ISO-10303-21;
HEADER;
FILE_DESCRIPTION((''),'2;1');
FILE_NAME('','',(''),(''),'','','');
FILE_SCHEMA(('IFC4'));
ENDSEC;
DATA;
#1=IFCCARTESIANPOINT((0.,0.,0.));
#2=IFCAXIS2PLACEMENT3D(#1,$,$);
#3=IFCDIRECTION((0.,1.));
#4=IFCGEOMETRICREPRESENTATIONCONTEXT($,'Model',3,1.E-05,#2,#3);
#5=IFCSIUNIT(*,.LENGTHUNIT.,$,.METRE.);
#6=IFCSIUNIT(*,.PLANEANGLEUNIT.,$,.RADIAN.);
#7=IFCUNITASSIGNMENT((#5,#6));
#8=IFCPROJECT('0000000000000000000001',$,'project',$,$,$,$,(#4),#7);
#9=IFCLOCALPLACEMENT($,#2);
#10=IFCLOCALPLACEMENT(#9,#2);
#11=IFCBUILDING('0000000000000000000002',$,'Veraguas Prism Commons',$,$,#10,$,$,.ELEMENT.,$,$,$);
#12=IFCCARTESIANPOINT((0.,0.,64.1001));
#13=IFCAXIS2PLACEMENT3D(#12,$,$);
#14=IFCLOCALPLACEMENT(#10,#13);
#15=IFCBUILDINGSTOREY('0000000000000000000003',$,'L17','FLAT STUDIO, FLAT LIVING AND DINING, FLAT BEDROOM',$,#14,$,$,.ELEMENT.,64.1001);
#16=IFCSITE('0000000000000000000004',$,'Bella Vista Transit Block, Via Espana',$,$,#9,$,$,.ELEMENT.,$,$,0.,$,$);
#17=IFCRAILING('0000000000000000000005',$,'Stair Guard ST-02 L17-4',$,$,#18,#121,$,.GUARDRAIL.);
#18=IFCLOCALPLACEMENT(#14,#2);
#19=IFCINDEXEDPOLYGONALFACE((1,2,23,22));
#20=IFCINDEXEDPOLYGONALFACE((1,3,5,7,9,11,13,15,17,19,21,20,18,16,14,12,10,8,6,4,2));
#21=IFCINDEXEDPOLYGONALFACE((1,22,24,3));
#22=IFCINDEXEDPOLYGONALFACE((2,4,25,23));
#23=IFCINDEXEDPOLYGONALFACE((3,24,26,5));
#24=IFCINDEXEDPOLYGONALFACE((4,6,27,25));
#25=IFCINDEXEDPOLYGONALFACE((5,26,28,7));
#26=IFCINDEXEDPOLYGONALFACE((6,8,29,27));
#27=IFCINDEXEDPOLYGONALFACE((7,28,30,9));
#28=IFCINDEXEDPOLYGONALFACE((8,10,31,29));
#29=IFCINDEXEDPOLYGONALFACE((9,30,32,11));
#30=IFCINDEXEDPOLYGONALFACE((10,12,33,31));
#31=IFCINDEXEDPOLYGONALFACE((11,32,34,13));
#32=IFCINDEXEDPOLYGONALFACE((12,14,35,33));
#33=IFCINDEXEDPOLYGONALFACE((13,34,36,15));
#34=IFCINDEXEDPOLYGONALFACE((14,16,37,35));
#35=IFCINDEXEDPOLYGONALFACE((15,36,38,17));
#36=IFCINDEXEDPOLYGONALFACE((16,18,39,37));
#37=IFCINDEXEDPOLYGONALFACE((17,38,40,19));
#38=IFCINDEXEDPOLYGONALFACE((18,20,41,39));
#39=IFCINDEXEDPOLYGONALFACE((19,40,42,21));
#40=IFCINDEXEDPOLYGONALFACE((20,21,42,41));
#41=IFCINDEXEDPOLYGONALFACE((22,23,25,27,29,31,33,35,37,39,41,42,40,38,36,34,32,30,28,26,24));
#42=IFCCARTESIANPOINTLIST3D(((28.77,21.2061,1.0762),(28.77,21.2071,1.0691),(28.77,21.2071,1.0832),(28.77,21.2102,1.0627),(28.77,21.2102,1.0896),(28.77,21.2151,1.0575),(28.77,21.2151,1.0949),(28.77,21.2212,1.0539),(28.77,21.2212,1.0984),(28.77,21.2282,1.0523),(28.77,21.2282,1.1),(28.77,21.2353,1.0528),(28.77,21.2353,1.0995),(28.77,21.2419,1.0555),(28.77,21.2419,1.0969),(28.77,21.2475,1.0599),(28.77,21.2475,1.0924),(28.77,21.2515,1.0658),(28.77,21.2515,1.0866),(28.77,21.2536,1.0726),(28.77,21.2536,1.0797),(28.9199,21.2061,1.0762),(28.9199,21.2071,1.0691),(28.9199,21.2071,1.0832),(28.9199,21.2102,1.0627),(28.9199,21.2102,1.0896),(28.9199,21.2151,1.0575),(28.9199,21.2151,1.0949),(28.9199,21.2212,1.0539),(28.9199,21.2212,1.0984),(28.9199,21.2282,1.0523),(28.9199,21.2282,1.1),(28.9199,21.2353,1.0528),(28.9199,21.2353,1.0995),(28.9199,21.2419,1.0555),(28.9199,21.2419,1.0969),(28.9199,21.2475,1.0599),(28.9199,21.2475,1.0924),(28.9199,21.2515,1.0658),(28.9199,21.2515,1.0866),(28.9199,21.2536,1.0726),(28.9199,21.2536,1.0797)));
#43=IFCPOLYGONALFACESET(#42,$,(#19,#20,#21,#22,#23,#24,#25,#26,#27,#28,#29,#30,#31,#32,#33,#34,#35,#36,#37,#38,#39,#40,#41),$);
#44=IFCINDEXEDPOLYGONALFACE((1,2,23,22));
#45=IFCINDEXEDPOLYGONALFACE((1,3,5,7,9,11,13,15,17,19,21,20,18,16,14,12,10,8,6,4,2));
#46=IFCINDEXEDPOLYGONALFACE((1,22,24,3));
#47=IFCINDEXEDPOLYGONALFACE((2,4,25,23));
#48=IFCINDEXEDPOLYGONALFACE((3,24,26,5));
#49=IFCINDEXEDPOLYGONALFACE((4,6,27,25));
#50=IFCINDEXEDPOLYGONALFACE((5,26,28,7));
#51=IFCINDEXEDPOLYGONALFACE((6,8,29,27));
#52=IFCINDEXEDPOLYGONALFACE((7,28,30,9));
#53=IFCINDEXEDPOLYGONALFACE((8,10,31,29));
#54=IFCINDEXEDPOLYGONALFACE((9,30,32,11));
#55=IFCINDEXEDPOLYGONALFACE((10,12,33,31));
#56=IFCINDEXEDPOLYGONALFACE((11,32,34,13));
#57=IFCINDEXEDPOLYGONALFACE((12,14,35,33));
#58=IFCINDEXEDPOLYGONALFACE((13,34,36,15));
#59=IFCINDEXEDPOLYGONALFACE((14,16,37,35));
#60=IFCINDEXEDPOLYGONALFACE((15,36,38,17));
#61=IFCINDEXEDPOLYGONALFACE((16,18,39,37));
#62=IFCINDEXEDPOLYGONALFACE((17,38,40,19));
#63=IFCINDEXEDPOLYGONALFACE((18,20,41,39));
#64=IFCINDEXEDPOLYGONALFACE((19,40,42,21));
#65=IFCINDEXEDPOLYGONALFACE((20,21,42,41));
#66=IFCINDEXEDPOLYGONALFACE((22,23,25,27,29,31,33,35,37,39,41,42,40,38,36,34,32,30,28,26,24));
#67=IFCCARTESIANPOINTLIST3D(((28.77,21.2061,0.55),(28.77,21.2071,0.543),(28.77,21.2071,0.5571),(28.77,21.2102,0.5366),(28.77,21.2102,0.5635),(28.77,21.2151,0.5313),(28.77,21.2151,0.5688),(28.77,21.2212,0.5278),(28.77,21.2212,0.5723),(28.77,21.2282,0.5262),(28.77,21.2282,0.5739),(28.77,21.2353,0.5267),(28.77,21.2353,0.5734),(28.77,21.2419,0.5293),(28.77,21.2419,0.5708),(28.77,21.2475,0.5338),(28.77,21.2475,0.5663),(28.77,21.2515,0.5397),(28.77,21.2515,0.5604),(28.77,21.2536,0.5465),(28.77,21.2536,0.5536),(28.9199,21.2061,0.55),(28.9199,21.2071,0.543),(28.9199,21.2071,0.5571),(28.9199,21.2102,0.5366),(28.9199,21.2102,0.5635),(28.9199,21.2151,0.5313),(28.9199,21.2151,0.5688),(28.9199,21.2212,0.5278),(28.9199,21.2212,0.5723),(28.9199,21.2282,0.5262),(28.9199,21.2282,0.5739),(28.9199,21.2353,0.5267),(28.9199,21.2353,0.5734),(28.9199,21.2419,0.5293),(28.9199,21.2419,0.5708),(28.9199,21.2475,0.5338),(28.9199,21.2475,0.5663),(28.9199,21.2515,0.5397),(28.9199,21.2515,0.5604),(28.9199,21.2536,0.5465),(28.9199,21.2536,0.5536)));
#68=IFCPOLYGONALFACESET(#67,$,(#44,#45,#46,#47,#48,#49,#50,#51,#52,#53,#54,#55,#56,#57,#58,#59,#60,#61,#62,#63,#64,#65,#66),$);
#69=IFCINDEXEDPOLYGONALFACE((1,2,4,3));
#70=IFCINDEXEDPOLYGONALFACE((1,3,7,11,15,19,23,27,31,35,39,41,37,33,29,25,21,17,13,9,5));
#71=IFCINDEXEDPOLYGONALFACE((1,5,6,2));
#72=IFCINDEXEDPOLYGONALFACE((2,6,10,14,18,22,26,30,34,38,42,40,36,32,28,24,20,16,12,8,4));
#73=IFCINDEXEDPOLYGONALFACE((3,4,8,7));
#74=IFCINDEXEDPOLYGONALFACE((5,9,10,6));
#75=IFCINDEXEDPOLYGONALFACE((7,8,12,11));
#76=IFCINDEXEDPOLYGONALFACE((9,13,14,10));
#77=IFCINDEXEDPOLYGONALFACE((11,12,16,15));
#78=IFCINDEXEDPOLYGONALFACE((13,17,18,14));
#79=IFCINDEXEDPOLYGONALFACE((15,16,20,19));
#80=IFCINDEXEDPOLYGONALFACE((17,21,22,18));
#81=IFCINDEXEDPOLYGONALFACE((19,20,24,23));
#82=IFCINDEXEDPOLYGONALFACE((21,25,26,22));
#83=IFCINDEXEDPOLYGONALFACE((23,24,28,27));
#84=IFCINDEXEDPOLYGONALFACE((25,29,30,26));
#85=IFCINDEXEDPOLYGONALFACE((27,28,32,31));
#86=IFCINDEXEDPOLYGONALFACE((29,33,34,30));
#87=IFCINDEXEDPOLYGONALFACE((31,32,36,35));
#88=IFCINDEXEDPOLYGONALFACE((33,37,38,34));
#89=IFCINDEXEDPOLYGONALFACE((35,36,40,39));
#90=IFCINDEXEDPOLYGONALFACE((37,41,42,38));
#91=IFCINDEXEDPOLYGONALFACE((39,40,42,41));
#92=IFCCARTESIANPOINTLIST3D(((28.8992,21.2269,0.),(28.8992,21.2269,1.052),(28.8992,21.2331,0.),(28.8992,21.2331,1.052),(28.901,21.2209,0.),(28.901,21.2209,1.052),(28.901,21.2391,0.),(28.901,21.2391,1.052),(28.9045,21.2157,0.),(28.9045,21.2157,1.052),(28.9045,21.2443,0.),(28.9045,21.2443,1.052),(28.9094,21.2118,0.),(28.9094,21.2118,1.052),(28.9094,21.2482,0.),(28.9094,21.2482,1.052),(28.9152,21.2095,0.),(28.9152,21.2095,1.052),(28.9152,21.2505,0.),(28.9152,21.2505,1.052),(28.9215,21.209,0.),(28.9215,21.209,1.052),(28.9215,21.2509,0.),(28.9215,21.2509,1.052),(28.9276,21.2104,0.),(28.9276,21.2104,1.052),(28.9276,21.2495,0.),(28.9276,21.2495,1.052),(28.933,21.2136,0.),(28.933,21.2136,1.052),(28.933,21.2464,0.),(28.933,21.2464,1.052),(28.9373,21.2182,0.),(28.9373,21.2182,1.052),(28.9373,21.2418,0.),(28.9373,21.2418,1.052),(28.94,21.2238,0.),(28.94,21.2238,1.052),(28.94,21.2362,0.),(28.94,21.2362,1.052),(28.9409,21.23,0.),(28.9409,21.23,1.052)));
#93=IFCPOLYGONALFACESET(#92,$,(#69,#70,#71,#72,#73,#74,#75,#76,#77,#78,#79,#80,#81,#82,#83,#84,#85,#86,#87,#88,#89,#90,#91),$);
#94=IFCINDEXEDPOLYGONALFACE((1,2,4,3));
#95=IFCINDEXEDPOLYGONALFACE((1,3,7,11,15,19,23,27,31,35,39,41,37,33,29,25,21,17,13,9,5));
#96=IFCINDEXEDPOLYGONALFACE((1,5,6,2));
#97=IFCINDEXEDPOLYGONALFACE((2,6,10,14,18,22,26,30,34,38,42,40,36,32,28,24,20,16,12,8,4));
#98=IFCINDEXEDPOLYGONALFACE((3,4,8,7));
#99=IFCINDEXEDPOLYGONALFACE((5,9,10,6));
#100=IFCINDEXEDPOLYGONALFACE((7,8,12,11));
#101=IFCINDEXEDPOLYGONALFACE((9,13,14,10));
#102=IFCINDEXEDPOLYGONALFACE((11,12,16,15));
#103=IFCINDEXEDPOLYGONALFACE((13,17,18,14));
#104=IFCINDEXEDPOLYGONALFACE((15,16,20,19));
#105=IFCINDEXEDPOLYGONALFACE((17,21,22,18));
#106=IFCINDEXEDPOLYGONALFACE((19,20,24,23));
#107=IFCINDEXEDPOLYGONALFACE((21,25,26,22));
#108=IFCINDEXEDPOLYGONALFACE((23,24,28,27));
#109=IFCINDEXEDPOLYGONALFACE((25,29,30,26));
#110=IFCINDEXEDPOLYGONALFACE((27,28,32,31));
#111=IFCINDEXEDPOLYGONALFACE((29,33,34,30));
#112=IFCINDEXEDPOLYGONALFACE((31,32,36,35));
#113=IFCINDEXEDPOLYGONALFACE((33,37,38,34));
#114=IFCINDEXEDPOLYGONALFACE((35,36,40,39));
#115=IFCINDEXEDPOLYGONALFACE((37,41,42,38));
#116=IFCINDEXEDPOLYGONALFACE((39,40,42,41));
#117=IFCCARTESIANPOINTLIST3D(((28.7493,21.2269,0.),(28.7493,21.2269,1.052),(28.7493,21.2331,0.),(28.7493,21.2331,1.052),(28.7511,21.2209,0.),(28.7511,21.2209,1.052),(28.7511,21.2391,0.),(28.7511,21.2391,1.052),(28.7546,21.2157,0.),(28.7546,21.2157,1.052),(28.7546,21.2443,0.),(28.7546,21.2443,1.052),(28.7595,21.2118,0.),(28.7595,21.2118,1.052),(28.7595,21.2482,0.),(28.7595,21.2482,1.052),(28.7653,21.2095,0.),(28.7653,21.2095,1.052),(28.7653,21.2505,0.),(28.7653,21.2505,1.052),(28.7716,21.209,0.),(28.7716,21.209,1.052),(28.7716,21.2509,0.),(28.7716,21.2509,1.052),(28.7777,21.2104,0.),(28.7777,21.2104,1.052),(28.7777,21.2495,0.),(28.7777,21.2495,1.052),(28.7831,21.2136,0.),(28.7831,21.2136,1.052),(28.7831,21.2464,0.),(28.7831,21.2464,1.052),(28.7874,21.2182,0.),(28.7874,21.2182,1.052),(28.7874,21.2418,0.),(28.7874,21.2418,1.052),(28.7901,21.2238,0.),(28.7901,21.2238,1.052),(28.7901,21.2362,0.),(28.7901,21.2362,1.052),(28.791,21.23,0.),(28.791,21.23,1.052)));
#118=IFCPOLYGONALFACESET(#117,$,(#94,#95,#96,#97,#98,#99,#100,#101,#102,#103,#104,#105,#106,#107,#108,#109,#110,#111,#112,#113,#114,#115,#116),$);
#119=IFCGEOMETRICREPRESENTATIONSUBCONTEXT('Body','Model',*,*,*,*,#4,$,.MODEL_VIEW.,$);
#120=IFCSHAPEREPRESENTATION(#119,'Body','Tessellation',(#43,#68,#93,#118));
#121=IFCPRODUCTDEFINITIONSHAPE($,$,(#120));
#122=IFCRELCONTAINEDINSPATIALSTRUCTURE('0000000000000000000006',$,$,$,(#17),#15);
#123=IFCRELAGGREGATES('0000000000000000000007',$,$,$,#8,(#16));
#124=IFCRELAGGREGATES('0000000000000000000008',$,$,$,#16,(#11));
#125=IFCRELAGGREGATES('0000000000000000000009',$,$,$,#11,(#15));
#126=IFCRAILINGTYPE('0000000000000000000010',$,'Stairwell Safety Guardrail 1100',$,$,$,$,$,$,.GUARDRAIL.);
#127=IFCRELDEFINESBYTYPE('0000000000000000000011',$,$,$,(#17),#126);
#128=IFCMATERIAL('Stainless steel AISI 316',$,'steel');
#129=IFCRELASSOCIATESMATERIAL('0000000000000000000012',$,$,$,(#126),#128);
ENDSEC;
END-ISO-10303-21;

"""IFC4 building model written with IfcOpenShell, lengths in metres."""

from ifc_helpers import new_model, si_unit, direction, frame, origin, origin_2d, place, context, subcontext, project, spatial, circle, extrude, material, type_object, element, save


model = new_model("IFC4")

# Units and contexts
model_context = context("Model", 3, precision=1e-05, world=origin(), true_north=direction((0.0, 1.0)))
body_context = subcontext(model_context, "Body", "Model", "MODEL_VIEW")
ifc_project = project(units=[si_unit("LENGTHUNIT", "METRE"), si_unit("PLANEANGLEUNIT", "RADIAN")], contexts=[model_context])

# Site, building, storey
site_placement = place(None, origin())
site = spatial("IfcSite", under=ifc_project, at=site_placement, Name="Bella Vista Transit Block, Via Espana", CompositionType="ELEMENT", RefElevation=0.0)
building_placement = place(site_placement, origin())
building = spatial("IfcBuilding", under=site, at=building_placement, Name="Veraguas Prism Commons", CompositionType="ELEMENT")
storey_placement = place(building_placement, frame((0.0, 0.0, 64.1001)))
storey = spatial("IfcBuildingStorey", under=building, at=storey_placement, Name="L17", Description="FLAT STUDIO, FLAT LIVING AND DINING, FLAT BEDROOM", CompositionType="ELEMENT", Elevation=64.1001)

# Shared definitions
ifc_material_1 = material(Name="Stainless steel AISI 316", Category="steel")

# Railing
railing_type_1 = type_object("IfcRailingType", Name="Stairwell Safety Guardrail 1100", PredefinedType="GUARDRAIL", material=ifc_material_1)
railing_1_placement = place(storey_placement, frame((28.9199, 21.23, 0.0)))
element("IfcRailing", 1, at=railing_1_placement, inside=storey, type_object=railing_type_1, Name="Stair Guard ST-02 L17-4", PredefinedType="GUARDRAIL", context=body_context, shape_type="SweptSolid", body=[
    extrude(circle(Radius=0.0239, at=origin_2d()), frame((0.0, 0.0, 1.0762), z_axis=(-1.0, 0.0, 0.0), x_axis=(0.0, -1.0, 0.0)), (0.0, 0.0, 1.0), 0.1499),
    extrude(circle(Radius=0.0239, at=origin_2d()), frame((0.0, 0.0, 0.55), z_axis=(-1.0, 0.0, 0.0), x_axis=(0.0, -1.0, 0.0)), (0.0, 0.0, 1.0), 0.1499),
    extrude(circle(Radius=0.021, at=origin_2d()), origin(), (0.0, 0.0, 1.0), 1.052),
    extrude(circle(Radius=0.021, at=origin_2d()), frame((-0.1499, 0.0, 0.0)), (0.0, 0.0, 1.0), 1.052),
])

save(model, "model.ifc")
